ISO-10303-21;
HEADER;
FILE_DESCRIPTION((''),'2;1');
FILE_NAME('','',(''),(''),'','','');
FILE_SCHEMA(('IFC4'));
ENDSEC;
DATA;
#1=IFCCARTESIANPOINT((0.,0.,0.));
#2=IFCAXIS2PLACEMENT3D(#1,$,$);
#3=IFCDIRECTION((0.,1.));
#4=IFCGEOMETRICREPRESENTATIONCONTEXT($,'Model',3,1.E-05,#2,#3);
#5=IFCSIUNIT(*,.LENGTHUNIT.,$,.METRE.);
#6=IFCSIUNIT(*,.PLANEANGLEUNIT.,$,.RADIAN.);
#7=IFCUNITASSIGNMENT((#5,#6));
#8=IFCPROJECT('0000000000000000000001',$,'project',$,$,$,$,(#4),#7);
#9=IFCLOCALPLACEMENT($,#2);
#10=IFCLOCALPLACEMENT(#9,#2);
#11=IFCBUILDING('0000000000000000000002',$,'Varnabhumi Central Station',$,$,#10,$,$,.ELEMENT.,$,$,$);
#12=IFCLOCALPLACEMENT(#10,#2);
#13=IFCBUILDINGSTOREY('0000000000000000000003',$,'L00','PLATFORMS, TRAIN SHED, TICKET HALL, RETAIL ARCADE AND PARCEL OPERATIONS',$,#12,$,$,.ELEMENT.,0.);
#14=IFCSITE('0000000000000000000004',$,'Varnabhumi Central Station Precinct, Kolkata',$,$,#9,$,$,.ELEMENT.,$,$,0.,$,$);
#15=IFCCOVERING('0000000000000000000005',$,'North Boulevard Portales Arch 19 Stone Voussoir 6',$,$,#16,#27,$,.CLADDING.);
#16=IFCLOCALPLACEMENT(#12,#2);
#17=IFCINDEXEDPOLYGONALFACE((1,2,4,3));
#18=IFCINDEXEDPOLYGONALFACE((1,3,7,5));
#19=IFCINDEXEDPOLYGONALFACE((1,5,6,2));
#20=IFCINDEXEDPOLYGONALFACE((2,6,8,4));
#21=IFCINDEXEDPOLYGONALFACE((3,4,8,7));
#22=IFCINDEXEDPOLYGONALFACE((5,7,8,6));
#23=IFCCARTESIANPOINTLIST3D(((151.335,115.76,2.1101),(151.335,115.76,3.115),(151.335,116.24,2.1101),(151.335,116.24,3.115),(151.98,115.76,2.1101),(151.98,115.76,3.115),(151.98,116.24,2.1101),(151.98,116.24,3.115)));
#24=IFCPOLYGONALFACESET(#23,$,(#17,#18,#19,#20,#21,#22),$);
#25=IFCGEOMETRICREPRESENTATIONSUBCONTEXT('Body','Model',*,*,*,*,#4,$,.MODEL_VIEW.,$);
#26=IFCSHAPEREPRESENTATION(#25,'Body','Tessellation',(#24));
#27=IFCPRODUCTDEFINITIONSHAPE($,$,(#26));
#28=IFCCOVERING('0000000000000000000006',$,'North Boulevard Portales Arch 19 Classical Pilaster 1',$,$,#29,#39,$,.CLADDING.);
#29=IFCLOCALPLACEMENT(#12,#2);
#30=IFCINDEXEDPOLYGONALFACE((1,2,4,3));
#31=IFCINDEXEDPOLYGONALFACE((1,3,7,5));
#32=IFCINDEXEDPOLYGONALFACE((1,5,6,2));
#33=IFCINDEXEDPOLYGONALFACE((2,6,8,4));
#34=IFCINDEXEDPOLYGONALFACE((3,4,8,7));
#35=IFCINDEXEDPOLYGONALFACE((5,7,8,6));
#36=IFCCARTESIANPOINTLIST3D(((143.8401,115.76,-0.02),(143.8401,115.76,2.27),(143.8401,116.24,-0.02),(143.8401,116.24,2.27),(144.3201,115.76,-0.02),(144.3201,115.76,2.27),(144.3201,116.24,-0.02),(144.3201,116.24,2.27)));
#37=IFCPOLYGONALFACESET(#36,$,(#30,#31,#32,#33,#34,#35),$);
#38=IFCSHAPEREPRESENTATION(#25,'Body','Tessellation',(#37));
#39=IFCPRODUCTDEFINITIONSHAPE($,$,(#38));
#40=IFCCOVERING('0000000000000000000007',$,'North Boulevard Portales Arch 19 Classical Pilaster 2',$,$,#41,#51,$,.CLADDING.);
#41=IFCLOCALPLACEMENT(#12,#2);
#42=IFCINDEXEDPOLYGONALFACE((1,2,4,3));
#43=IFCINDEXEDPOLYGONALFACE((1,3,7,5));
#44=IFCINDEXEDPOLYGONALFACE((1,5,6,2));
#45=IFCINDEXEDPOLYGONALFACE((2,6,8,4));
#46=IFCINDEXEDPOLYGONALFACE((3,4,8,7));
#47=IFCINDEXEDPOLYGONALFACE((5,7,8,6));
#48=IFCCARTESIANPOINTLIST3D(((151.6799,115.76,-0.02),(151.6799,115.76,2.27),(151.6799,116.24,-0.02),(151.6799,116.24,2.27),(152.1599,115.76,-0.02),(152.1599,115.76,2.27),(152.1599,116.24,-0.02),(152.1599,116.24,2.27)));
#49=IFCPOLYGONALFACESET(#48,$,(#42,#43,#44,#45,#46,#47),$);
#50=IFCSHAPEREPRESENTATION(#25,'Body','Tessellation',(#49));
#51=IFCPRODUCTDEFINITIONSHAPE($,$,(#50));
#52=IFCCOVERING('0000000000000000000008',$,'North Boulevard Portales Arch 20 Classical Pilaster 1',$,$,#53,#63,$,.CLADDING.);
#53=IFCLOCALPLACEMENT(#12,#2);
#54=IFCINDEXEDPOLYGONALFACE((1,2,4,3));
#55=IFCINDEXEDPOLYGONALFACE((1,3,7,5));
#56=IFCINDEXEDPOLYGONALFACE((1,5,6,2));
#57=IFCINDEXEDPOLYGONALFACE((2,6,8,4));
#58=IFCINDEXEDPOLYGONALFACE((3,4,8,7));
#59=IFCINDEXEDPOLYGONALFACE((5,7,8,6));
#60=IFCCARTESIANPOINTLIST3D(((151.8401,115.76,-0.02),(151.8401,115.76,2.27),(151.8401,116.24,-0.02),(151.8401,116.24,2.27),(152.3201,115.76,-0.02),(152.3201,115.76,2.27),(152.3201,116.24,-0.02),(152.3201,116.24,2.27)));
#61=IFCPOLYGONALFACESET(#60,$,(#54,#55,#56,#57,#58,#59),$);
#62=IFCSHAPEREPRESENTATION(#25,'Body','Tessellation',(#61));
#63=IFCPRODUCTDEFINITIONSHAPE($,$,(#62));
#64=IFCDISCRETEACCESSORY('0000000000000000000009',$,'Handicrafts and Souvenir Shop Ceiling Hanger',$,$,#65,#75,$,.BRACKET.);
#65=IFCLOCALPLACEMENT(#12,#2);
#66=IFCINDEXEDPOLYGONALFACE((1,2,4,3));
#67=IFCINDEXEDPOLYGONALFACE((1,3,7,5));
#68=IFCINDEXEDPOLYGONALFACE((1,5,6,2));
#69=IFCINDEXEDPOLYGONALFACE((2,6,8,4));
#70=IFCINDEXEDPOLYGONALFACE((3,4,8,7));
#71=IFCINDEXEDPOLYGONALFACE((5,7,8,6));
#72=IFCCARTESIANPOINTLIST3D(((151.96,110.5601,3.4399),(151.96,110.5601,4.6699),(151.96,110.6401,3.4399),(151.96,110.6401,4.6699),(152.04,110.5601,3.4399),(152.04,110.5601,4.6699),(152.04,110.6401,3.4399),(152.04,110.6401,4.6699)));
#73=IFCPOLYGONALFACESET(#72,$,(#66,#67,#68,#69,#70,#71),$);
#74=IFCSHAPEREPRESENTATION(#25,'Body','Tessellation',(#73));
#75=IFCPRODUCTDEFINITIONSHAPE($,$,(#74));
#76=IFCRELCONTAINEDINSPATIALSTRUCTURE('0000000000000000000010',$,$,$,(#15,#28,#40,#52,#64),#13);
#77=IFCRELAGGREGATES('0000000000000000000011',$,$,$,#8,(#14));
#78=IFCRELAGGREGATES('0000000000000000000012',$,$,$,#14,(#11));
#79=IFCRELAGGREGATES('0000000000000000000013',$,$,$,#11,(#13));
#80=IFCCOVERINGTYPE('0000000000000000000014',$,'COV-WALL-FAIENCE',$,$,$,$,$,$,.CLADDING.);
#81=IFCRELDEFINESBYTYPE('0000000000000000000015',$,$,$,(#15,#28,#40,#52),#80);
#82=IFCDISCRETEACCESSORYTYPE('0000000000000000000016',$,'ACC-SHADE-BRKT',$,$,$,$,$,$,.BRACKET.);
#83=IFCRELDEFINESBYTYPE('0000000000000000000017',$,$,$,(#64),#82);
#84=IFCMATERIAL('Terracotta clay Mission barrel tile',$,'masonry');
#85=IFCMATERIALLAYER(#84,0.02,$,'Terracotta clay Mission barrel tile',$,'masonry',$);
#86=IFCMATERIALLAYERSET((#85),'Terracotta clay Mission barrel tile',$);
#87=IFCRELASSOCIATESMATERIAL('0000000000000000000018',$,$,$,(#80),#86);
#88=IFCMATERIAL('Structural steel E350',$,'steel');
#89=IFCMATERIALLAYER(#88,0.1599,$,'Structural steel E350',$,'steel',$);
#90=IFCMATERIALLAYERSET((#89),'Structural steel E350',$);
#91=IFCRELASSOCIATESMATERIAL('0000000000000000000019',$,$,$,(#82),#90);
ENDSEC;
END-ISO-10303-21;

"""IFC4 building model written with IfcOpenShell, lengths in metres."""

from ifc_helpers import new_model, si_unit, direction, frame, origin, origin_2d, place, context, subcontext, project, spatial, rectangle, extrude, material, layer, layer_set, type_object, element, save


model = new_model("IFC4")

# Units and contexts
model_context = context("Model", 3, precision=1e-05, world=origin(), true_north=direction((0.0, 1.0)))
body_context = subcontext(model_context, "Body", "Model", "MODEL_VIEW")
ifc_project = project(units=[si_unit("LENGTHUNIT", "METRE"), si_unit("PLANEANGLEUNIT", "RADIAN")], contexts=[model_context])

# Site, building, storey
site_placement = place(None, origin())
site = spatial("IfcSite", under=ifc_project, at=site_placement, Name="Varnabhumi Central Station Precinct, Kolkata", CompositionType="ELEMENT", RefElevation=0.0)
building_placement = place(site_placement, origin())
building = spatial("IfcBuilding", under=site, at=building_placement, Name="Varnabhumi Central Station", CompositionType="ELEMENT")
storey_placement = place(building_placement, origin())
storey = spatial("IfcBuildingStorey", under=building, at=storey_placement, Name="L00", Description="PLATFORMS, TRAIN SHED, TICKET HALL, RETAIL ARCADE AND PARCEL OPERATIONS", CompositionType="ELEMENT", Elevation=0.0)

# Coverings
ifc_material_1 = material(Name="Terracotta clay Mission barrel tile", Category="masonry")
ifc_layer_1 = layer(ifc_material_1, 0.02, Name="Terracotta clay Mission barrel tile", Category="masonry")
ifc_layer_set_1 = layer_set([ifc_layer_1], Name="Terracotta clay Mission barrel tile")
covering_type = type_object("IfcCoveringType", Name="COV-WALL-FAIENCE", PredefinedType="CLADDING", material=ifc_layer_set_1)
covering_1_placement = place(storey_placement, frame((151.6575, 116.0, 2.1101), z_axis=(0.0, 0.0, 1.0), x_axis=(1.0, 0.0, 0.0)))
element("IfcCovering", 1, at=covering_1_placement, inside=storey, type_object=covering_type, Name="North Boulevard Portales Arch 19 Stone Voussoir 6", PredefinedType="CLADDING", context=body_context, shape_type="SweptSolid", body=[
    extrude(rectangle(XDim=0.645, YDim=0.48, at=origin_2d()), origin(), (0.0, 0.0, 1.0), 1.0049),
])
for number, where, z_axis, x_axis, name in (
    (2, (144.0801, 116.0, -0.02), (0.0, 0.0, 1.0), (1.0, 0.0, 0.0), "North Boulevard Portales Arch 19 Classical Pilaster 1"),
    (3, (151.9199, 116.0, -0.02), (0.0, 0.0, 1.0), (1.0, 0.0, 0.0), "North Boulevard Portales Arch 19 Classical Pilaster 2"),
    (4, (152.0801, 116.0, -0.02), (0.0, 0.0, 1.0), (1.0, 0.0, 0.0), "North Boulevard Portales Arch 20 Classical Pilaster 1"),
):
    element("IfcCovering", number, at=place(storey_placement, frame(where, z_axis=z_axis, x_axis=x_axis)), inside=storey, type_object=covering_type, Name=name, PredefinedType="CLADDING", context=body_context, shape_type="SweptSolid", body=[
        extrude(rectangle(XDim=0.48, YDim=0.48, at=origin_2d()), origin(), (0.0, 0.0, 1.0), 2.29),
    ])

# Discrete accessory
ifc_material_2 = material(Name="Structural steel E350", Category="steel")
ifc_layer_2 = layer(ifc_material_2, 0.1599, Name="Structural steel E350", Category="steel")
ifc_layer_set_2 = layer_set([ifc_layer_2], Name="Structural steel E350")
discrete_accessory_type = type_object("IfcDiscreteAccessoryType", Name="ACC-SHADE-BRKT", PredefinedType="BRACKET", material=ifc_layer_set_2)
discrete_accessory_placement = place(storey_placement, frame((152.0, 110.6001, 3.4399), z_axis=(0.0, 0.0, 1.0), x_axis=(1.0, 0.0, 0.0)))
element("IfcDiscreteAccessory", 5, at=discrete_accessory_placement, inside=storey, type_object=discrete_accessory_type, Name="Handicrafts and Souvenir Shop Ceiling Hanger", PredefinedType="BRACKET", context=body_context, shape_type="SweptSolid", body=[
    extrude(rectangle(XDim=0.0801, YDim=0.0801, at=origin_2d()), origin(), (0.0, 0.0, 1.0), 1.23),
])

save(model, "model.ifc")
